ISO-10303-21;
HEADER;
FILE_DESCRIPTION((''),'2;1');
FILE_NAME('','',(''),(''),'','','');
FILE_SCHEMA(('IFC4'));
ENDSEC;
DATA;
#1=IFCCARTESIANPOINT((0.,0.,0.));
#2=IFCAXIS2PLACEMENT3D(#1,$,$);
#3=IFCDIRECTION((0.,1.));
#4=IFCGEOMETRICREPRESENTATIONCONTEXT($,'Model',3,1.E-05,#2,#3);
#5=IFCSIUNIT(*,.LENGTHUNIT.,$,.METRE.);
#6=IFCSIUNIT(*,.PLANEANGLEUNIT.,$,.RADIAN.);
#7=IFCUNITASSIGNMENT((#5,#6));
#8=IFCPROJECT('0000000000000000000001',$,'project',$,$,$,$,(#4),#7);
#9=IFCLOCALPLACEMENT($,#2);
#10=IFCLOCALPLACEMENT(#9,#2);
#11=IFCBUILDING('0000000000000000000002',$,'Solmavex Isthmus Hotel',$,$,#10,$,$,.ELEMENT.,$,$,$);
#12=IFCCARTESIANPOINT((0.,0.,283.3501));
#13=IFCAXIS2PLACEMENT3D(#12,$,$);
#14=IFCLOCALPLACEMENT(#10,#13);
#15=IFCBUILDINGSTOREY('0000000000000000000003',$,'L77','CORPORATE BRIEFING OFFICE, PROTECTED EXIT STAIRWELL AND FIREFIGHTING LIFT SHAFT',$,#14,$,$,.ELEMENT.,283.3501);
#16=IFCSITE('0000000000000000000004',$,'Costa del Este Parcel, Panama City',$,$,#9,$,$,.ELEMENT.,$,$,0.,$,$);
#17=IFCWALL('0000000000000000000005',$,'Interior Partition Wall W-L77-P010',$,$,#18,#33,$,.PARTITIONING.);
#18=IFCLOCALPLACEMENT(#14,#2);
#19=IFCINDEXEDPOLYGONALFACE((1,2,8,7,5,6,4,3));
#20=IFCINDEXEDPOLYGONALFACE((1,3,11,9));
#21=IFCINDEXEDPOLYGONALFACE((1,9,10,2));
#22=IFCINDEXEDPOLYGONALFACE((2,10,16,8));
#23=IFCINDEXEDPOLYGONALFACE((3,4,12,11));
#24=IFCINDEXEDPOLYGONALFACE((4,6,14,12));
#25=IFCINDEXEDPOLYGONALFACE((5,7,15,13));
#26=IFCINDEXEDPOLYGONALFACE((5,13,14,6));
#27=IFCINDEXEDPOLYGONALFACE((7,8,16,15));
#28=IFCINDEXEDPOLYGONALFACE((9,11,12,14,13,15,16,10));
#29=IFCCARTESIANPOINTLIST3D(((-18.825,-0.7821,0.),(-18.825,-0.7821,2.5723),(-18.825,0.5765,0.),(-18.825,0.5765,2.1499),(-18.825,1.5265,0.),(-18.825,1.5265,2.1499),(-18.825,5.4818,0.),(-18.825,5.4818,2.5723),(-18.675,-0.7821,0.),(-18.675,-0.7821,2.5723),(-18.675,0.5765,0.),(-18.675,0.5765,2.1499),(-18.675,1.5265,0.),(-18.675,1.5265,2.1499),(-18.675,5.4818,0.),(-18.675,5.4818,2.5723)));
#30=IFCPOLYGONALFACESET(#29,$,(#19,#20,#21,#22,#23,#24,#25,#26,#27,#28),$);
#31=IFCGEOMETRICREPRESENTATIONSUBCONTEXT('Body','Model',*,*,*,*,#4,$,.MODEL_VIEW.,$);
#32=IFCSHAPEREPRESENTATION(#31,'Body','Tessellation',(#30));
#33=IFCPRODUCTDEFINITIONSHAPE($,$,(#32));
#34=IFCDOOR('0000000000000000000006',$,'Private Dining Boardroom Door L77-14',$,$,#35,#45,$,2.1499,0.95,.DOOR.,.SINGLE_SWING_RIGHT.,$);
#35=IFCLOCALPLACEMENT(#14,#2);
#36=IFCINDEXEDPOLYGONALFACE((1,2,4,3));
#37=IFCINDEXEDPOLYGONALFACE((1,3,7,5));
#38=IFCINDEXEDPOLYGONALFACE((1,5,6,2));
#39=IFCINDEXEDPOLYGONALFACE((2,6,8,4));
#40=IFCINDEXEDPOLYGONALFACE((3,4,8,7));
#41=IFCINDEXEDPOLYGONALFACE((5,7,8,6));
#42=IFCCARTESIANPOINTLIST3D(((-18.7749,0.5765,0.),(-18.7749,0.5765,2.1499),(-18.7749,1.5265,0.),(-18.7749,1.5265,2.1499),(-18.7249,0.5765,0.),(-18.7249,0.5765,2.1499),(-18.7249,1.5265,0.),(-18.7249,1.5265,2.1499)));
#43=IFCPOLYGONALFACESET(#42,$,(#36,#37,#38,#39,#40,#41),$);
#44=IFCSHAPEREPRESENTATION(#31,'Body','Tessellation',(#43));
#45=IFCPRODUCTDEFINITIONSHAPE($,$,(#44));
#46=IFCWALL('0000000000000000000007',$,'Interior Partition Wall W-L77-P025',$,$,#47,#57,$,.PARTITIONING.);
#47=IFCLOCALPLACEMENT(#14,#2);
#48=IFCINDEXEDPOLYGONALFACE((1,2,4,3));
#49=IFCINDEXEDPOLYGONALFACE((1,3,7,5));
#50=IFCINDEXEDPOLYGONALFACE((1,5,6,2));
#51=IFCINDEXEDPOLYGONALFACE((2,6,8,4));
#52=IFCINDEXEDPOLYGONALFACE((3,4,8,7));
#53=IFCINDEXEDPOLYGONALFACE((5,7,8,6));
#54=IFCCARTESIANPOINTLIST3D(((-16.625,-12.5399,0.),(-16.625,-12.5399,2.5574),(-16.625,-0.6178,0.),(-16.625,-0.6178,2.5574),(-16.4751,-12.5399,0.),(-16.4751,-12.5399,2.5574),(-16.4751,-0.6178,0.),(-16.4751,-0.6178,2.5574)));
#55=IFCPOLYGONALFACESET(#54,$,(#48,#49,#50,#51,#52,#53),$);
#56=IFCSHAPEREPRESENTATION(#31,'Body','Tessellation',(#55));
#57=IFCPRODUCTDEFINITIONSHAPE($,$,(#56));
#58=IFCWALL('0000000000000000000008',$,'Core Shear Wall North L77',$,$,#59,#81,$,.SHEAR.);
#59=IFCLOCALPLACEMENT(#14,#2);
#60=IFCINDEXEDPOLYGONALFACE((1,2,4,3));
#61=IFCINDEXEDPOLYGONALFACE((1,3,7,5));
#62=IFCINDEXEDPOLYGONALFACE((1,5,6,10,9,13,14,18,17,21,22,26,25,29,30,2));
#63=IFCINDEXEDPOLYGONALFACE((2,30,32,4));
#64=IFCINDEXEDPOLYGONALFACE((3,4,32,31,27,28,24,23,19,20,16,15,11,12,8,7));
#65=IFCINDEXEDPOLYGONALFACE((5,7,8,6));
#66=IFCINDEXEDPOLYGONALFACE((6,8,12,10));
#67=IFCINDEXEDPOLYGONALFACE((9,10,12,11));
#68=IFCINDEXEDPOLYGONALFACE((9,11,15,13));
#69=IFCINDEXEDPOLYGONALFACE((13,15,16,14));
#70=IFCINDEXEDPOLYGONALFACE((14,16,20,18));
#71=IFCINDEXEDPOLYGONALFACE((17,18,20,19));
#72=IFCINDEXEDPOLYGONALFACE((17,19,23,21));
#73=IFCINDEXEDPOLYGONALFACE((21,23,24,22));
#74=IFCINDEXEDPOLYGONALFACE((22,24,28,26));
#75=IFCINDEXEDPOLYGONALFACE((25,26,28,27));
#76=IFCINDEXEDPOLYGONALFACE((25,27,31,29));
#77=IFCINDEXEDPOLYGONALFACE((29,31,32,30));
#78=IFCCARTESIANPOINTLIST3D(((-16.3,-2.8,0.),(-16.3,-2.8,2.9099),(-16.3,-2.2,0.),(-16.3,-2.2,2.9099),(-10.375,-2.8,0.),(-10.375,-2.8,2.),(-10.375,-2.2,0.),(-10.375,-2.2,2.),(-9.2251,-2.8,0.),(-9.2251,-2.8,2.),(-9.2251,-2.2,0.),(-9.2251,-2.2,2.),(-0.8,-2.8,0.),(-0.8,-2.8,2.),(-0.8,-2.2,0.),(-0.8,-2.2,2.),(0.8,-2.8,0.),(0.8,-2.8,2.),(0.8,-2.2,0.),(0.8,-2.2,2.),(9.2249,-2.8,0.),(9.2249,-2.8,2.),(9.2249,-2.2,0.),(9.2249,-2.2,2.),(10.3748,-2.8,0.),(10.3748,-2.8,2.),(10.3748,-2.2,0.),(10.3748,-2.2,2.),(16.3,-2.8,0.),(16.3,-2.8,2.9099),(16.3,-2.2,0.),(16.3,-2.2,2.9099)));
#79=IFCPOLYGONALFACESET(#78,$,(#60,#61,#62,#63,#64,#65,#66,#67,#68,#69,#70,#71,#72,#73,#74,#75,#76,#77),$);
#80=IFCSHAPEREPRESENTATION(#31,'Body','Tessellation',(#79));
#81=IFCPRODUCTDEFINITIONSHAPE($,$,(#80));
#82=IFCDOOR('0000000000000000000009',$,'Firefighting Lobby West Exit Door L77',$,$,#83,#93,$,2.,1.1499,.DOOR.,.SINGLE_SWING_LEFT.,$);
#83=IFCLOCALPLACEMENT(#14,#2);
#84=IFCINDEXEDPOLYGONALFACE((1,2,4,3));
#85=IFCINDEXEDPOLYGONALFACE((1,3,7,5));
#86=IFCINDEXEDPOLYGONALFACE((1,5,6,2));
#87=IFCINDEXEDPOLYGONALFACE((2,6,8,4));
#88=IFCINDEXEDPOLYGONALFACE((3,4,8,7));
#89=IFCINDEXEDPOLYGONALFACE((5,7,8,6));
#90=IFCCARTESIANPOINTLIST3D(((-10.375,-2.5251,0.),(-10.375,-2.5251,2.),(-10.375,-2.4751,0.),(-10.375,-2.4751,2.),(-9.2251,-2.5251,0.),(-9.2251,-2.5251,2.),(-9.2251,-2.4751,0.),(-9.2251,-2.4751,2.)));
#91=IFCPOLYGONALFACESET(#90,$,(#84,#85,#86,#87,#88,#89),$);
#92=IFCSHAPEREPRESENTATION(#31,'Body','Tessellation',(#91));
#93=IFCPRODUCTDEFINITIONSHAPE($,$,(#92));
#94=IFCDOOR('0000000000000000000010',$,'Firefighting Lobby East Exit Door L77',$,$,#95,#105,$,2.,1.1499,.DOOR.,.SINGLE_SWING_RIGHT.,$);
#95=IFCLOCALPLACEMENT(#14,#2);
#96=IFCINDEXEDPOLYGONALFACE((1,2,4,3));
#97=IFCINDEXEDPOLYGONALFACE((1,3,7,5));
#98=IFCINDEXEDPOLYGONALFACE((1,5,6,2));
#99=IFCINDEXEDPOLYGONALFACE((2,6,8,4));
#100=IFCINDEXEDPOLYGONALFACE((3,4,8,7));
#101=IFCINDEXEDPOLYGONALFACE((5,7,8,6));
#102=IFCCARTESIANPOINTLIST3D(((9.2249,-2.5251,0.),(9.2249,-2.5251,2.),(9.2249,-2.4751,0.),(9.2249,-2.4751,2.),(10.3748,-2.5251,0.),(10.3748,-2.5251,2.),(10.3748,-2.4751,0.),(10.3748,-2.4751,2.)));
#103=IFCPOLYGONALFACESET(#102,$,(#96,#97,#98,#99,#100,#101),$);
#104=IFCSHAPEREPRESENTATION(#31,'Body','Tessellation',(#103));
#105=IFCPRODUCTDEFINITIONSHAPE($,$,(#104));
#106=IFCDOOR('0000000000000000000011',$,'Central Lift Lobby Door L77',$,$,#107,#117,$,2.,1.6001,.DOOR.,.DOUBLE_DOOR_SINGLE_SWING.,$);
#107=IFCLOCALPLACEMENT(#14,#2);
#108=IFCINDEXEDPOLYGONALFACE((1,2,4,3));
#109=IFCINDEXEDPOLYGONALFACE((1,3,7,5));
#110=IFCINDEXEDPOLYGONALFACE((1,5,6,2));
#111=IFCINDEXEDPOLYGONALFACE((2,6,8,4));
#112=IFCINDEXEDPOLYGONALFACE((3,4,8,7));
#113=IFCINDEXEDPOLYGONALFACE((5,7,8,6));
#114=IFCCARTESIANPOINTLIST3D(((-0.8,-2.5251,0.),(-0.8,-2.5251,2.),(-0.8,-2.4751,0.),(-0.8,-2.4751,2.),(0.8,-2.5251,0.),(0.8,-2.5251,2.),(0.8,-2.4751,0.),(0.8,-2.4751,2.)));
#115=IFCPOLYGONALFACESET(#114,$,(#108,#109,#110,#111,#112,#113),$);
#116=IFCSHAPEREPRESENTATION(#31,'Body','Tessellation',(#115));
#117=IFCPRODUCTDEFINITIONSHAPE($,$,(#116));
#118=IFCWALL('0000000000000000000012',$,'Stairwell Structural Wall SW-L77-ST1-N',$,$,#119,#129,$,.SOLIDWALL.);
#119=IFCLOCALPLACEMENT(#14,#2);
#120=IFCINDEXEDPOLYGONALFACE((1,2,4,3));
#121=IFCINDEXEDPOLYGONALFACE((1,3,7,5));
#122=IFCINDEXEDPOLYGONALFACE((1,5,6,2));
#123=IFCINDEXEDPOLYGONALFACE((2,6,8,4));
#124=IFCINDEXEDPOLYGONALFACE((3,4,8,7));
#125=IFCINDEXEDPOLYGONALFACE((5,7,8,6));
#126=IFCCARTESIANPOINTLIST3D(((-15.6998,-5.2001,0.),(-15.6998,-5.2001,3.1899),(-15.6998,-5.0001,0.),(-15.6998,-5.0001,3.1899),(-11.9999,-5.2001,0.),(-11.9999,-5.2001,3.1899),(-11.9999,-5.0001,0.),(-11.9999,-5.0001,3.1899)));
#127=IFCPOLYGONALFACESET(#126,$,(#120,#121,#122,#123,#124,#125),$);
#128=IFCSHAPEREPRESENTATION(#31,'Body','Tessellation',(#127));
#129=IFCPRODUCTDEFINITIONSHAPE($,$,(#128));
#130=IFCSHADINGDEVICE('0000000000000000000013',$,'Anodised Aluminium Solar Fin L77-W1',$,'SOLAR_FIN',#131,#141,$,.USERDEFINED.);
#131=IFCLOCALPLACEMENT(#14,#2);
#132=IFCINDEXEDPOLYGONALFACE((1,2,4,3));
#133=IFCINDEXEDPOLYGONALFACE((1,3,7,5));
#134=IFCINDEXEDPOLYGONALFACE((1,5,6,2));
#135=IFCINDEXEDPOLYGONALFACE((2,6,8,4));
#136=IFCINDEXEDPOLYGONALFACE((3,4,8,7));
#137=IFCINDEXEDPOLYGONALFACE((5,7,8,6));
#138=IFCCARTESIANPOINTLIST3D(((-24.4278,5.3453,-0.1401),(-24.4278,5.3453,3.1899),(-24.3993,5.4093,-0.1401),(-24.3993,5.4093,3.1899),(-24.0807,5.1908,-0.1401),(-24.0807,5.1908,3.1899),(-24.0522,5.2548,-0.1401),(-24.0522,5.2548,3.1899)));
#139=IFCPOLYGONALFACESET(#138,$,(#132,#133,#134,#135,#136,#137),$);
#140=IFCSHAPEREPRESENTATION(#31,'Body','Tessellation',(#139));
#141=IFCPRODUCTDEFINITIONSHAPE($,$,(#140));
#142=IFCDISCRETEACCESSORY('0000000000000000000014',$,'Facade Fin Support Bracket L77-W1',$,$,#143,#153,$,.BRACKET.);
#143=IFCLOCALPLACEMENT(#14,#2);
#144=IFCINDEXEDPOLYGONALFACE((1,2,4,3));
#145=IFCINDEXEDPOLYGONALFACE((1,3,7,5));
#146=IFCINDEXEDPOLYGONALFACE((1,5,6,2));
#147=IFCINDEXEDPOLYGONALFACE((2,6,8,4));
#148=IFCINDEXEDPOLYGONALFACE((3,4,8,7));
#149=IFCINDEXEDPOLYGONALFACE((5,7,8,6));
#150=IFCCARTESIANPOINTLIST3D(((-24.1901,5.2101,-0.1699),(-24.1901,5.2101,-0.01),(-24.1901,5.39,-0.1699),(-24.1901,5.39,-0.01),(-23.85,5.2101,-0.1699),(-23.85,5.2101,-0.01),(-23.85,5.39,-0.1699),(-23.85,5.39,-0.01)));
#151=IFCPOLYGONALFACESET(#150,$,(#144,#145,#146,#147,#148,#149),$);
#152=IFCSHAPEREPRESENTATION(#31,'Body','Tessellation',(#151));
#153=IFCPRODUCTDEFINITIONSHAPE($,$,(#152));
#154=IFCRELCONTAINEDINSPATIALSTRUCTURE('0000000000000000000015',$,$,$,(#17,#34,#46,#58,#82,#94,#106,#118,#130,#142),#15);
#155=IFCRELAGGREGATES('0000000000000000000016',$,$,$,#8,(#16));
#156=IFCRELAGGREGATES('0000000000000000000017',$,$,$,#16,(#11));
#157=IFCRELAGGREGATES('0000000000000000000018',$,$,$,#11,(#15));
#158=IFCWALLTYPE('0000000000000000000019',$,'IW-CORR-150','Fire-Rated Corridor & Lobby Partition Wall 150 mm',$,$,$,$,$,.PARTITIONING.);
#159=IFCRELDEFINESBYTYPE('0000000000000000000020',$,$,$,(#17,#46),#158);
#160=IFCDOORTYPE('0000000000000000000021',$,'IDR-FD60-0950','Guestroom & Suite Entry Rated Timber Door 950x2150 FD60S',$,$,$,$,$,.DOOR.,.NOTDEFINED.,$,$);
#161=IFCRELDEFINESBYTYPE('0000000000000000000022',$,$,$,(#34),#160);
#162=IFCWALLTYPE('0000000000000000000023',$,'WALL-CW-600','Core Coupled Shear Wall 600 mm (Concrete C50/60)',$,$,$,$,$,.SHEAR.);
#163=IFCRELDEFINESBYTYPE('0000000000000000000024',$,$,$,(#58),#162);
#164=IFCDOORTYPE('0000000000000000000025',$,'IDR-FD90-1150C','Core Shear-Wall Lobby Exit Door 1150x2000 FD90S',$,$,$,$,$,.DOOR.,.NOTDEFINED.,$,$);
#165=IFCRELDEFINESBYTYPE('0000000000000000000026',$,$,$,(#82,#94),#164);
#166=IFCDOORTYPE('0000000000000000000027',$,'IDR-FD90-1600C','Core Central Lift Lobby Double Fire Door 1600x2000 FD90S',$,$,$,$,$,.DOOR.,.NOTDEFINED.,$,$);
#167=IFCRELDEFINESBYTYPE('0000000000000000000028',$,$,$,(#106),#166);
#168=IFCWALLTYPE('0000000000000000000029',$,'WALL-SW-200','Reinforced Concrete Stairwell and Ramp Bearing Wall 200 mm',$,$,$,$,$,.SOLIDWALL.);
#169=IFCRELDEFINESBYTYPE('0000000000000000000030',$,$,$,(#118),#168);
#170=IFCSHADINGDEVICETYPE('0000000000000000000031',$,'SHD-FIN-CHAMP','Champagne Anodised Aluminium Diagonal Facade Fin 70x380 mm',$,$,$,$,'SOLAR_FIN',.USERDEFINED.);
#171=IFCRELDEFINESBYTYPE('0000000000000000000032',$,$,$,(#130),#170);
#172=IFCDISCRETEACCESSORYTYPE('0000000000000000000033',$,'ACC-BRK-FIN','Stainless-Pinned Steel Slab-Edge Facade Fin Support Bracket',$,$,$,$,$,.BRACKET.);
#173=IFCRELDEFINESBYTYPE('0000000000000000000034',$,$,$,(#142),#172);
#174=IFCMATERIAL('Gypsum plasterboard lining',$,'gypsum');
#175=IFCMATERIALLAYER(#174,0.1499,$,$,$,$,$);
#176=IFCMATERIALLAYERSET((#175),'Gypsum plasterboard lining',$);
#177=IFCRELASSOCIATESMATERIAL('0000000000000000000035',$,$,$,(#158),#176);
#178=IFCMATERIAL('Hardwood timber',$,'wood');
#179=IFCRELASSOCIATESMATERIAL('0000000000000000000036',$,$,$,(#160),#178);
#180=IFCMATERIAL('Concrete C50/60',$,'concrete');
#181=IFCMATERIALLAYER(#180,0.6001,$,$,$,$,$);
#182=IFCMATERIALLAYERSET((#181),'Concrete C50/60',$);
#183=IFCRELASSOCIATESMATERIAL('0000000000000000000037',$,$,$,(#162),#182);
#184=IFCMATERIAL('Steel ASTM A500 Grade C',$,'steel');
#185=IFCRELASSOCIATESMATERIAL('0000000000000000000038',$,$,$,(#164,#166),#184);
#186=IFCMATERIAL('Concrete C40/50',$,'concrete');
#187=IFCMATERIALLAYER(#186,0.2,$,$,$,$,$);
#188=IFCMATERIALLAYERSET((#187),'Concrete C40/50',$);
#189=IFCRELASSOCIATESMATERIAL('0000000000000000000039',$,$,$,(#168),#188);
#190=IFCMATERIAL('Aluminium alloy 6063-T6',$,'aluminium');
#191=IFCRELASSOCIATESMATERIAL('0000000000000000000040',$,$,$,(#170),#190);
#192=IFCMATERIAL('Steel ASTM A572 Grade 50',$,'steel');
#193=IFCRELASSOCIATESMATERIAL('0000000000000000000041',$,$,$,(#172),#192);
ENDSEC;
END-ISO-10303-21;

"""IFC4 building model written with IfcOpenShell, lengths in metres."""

from ifc_helpers import new_model, si_unit, direction, frame, frame_2d, origin, origin_2d, place, context, subcontext, project, spatial, rectangle, extrude, material, layer, layer_set, type_object, element, fill, save


model = new_model("IFC4")

# Units and contexts
model_context = context("Model", 3, precision=1e-05, world=origin(), true_north=direction((0.0, 1.0)))
body_context = subcontext(model_context, "Body", "Model", "MODEL_VIEW")
ifc_project = project(units=[si_unit("LENGTHUNIT", "METRE"), si_unit("PLANEANGLEUNIT", "RADIAN")], contexts=[model_context])

# Site, building, storey
site_placement = place(None, origin())
site = spatial("IfcSite", under=ifc_project, at=site_placement, Name="Costa del Este Parcel, Panama City", CompositionType="ELEMENT", RefElevation=0.0)
building_placement = place(site_placement, origin())
building = spatial("IfcBuilding", under=site, at=building_placement, Name="Solmavex Isthmus Hotel", CompositionType="ELEMENT")
storey_placement = place(building_placement, frame((0.0, 0.0, 283.3501)))
storey = spatial("IfcBuildingStorey", under=building, at=storey_placement, Name="L77", Description="CORPORATE BRIEFING OFFICE, PROTECTED EXIT STAIRWELL AND FIREFIGHTING LIFT SHAFT", CompositionType="ELEMENT", Elevation=283.3501)

# Shared definitions
ifc_material_1 = material(Name="Concrete C50/60", Category="concrete")

# Shared definitions
ifc_material_2 = material(Name="Aluminium alloy 6063-T6", Category="aluminium")

# Shared definitions
ifc_material_3 = material(Name="Gypsum plasterboard lining", Category="gypsum")

# Wall, opening, door
ifc_layer_1 = layer(ifc_material_3, 0.1499)
ifc_layer_set_1 = layer_set([ifc_layer_1], Name="Gypsum plasterboard lining")
wall_type_1 = type_object("IfcWallType", Name="IW-CORR-150", Description="Fire-Rated Corridor & Lobby Partition Wall 150 mm", PredefinedType="PARTITIONING", material=ifc_layer_set_1)
ifc_material_4 = material(Name="Steel ASTM A500 Grade C", Category="steel")
wall_1_placement = place(storey_placement, frame((-18.75, -0.782, 0.0), z_axis=(0.0, 0.0, 1.0), x_axis=(0.0, 1.0, 0.0)))
wall_1 = element("IfcWall", 1, at=wall_1_placement, inside=storey, type_object=wall_type_1, Name="Interior Partition Wall W-L77-P010", PredefinedType="PARTITIONING", context=body_context, shape_type="SweptSolid", body=[
    extrude(rectangle(XDim=6.2639, YDim=0.1499, at=frame_2d((3.1318, 0.0))), origin(), (0.0, 0.0, 1.0), 2.5723),
])
opening_1_placement = place(wall_1_placement, frame((1.3584, 0.0, 0.0)))
opening_1 = element("IfcOpeningElement", 2, at=opening_1_placement, cuts=wall_1, PredefinedType="OPENING", context=body_context, shape_type="SweptSolid", body=[
    extrude(rectangle(XDim=0.95, YDim=2.1499, at=frame_2d((0.4751, 1.075))), frame((0.0, 0.085, 0.0), z_axis=(0.0, -1.0, 0.0), x_axis=(1.0, 0.0, 0.0)), (0.0, 0.0, 1.0), 0.1699),
])
ifc_material_5 = material(Name="Hardwood timber", Category="wood")
door_type_1 = type_object("IfcDoorType", Name="IDR-FD60-0950", Description="Guestroom & Suite Entry Rated Timber Door 950x2150 FD60S", OperationType="NOTDEFINED", PredefinedType="DOOR", material=ifc_material_5)
door_1_placement = place(opening_1_placement, origin())
door_1 = element("IfcDoor", 3, at=door_1_placement, inside=storey, type_object=door_type_1, Name="Private Dining Boardroom Door L77-14", OperationType="SINGLE_SWING_RIGHT", OverallHeight=2.1499, OverallWidth=0.95, PredefinedType="DOOR", context=body_context, shape_type="SweptSolid", body=[
    extrude(rectangle(XDim=0.95, YDim=2.1499, at=frame_2d((0.4751, 1.075))), frame((0.0, 0.0249, 0.0), z_axis=(0.0, -1.0, 0.0), x_axis=(1.0, 0.0, 0.0)), (0.0, 0.0, 1.0), 0.05),
])
fill(opening_1, door_1)

# Wall
wall_2_placement = place(storey_placement, frame((-16.55, -0.6179, 0.0), z_axis=(0.0, 0.0, 1.0), x_axis=(0.0, -1.0, 0.0)))
element("IfcWall", 4, at=wall_2_placement, inside=storey, type_object=wall_type_1, Name="Interior Partition Wall W-L77-P025", PredefinedType="PARTITIONING", context=body_context, shape_type="SweptSolid", body=[
    extrude(rectangle(XDim=11.9221, YDim=0.1499, at=frame_2d((5.9609, 0.0))), origin(), (0.0, 0.0, 1.0), 2.5574),
])

# Wall, openings, doors
ifc_layer_2 = layer(ifc_material_1, 0.6001)
ifc_layer_set_2 = layer_set([ifc_layer_2], Name="Concrete C50/60")
wall_type_2 = type_object("IfcWallType", Name="WALL-CW-600", Description="Core Coupled Shear Wall 600 mm (Concrete C50/60)", PredefinedType="SHEAR", material=ifc_layer_set_2)
wall_3_placement = place(storey_placement, frame((-16.3, -2.5, 0.0), z_axis=(0.0, 0.0, 1.0), x_axis=(1.0, 0.0, 0.0)))
wall_3 = element("IfcWall", 5, at=wall_3_placement, inside=storey, type_object=wall_type_2, Name="Core Shear Wall North L77", PredefinedType="SHEAR", context=body_context, shape_type="SweptSolid", body=[
    extrude(rectangle(XDim=32.6001, YDim=0.6001, at=frame_2d((16.3, 0.0))), origin(), (0.0, 0.0, 1.0), 2.9099),
])
opening_2_placement = place(wall_3_placement, frame((5.925, 0.0, 0.0)))
opening_2 = element("IfcOpeningElement", 6, at=opening_2_placement, cuts=wall_3, PredefinedType="OPENING", context=body_context, shape_type="SweptSolid", body=[
    extrude(rectangle(XDim=1.1499, YDim=2.0, at=frame_2d((0.575, 1.0))), frame((0.0, 0.3101, 0.0), z_axis=(0.0, -1.0, 0.0), x_axis=(1.0, 0.0, 0.0)), (0.0, 0.0, 1.0), 0.6201),
])
opening_3_placement = place(wall_3_placement, frame((15.5, 0.0, 0.0)))
opening_3 = element("IfcOpeningElement", 7, at=opening_3_placement, cuts=wall_3, PredefinedType="OPENING", context=body_context, shape_type="SweptSolid", body=[
    extrude(rectangle(XDim=1.6001, YDim=2.0, at=frame_2d((0.8, 1.0))), frame((0.0, 0.3101, 0.0), z_axis=(0.0, -1.0, 0.0), x_axis=(1.0, 0.0, 0.0)), (0.0, 0.0, 1.0), 0.6201),
])
opening_4_placement = place(wall_3_placement, frame((25.5249, 0.0, 0.0)))
opening_4 = element("IfcOpeningElement", 8, at=opening_4_placement, cuts=wall_3, PredefinedType="OPENING", context=body_context, shape_type="SweptSolid", body=[
    extrude(rectangle(XDim=1.1499, YDim=2.0, at=frame_2d((0.575, 1.0))), frame((0.0, 0.3101, 0.0), z_axis=(0.0, -1.0, 0.0), x_axis=(1.0, 0.0, 0.0)), (0.0, 0.0, 1.0), 0.6201),
])
door_type_2 = type_object("IfcDoorType", Name="IDR-FD90-1150C", Description="Core Shear-Wall Lobby Exit Door 1150x2000 FD90S", OperationType="NOTDEFINED", PredefinedType="DOOR", material=ifc_material_4)
door_2_placement = place(opening_2_placement, origin())
door_2 = element("IfcDoor", 9, at=door_2_placement, inside=storey, type_object=door_type_2, Name="Firefighting Lobby West Exit Door L77", OperationType="SINGLE_SWING_LEFT", OverallHeight=2.0, OverallWidth=1.1499, PredefinedType="DOOR", context=body_context, shape_type="SweptSolid", body=[
    extrude(rectangle(XDim=1.1499, YDim=2.0, at=frame_2d((0.575, 1.0))), frame((0.0, 0.0249, 0.0), z_axis=(0.0, -1.0, 0.0), x_axis=(1.0, 0.0, 0.0)), (0.0, 0.0, 1.0), 0.05),
])
fill(opening_2, door_2)
door_3_placement = place(opening_4_placement, origin())
door_3 = element("IfcDoor", 10, at=door_3_placement, inside=storey, type_object=door_type_2, Name="Firefighting Lobby East Exit Door L77", OperationType="SINGLE_SWING_RIGHT", OverallHeight=2.0, OverallWidth=1.1499, PredefinedType="DOOR", context=body_context, shape_type="SweptSolid", body=[
    extrude(rectangle(XDim=1.1499, YDim=2.0, at=frame_2d((0.575, 1.0))), frame((0.0, 0.0249, 0.0), z_axis=(0.0, -1.0, 0.0), x_axis=(1.0, 0.0, 0.0)), (0.0, 0.0, 1.0), 0.05),
])
fill(opening_4, door_3)
door_type_3 = type_object("IfcDoorType", Name="IDR-FD90-1600C", Description="Core Central Lift Lobby Double Fire Door 1600x2000 FD90S", OperationType="NOTDEFINED", PredefinedType="DOOR", material=ifc_material_4)
door_4_placement = place(opening_3_placement, origin())
door_4 = element("IfcDoor", 11, at=door_4_placement, inside=storey, type_object=door_type_3, Name="Central Lift Lobby Door L77", OperationType="DOUBLE_DOOR_SINGLE_SWING", OverallHeight=2.0, OverallWidth=1.6001, PredefinedType="DOOR", context=body_context, shape_type="SweptSolid", body=[
    extrude(rectangle(XDim=1.6001, YDim=2.0, at=frame_2d((0.8, 1.0))), frame((0.0, 0.0249, 0.0), z_axis=(0.0, -1.0, 0.0), x_axis=(1.0, 0.0, 0.0)), (0.0, 0.0, 1.0), 0.05),
])
fill(opening_3, door_4)

# Wall
ifc_material_6 = material(Name="Concrete C40/50", Category="concrete")
ifc_layer_3 = layer(ifc_material_6, 0.2)
ifc_layer_set_3 = layer_set([ifc_layer_3], Name="Concrete C40/50")
wall_type_3 = type_object("IfcWallType", Name="WALL-SW-200", Description="Reinforced Concrete Stairwell and Ramp Bearing Wall 200 mm", PredefinedType="SOLIDWALL", material=ifc_layer_set_3)
wall_4_placement = place(storey_placement, frame((-15.7, -5.1001, 0.0), z_axis=(0.0, 0.0, 1.0), x_axis=(1.0, 0.0, 0.0)))
element("IfcWall", 12, at=wall_4_placement, inside=storey, type_object=wall_type_3, Name="Stairwell Structural Wall SW-L77-ST1-N", PredefinedType="SOLIDWALL", context=body_context, shape_type="SweptSolid", body=[
    extrude(rectangle(XDim=3.7, YDim=0.2, at=frame_2d((1.8501, 0.0))), origin(), (0.0, 0.0, 1.0), 3.1899),
])

# Shading device
shading_device_type = type_object("IfcShadingDeviceType", Name="SHD-FIN-CHAMP", Description="Champagne Anodised Aluminium Diagonal Facade Fin 70x380 mm", ElementType="SOLAR_FIN", PredefinedType="USERDEFINED", material=ifc_material_2)
shading_device_placement = place(storey_placement, frame((-24.24, 5.3, -0.1401), z_axis=(0.0, 0.0, 1.0), x_axis=(-0.913545, 0.406737, 0.0)))
element("IfcShadingDevice", 13, at=shading_device_placement, inside=storey, type_object=shading_device_type, Name="Anodised Aluminium Solar Fin L77-W1", ObjectType="SOLAR_FIN", PredefinedType="USERDEFINED", context=body_context, shape_type="SweptSolid", body=[
    extrude(rectangle(XDim=0.3799, YDim=0.0701, at=origin_2d()), origin(), (0.0, 0.0, 1.0), 3.3301),
])

# Discrete accessory
ifc_material_7 = material(Name="Steel ASTM A572 Grade 50", Category="steel")
discrete_accessory_type = type_object("IfcDiscreteAccessoryType", Name="ACC-BRK-FIN", Description="Stainless-Pinned Steel Slab-Edge Facade Fin Support Bracket", PredefinedType="BRACKET", material=ifc_material_7)
discrete_accessory_placement = place(storey_placement, frame((-24.02, 5.3, -0.1699), z_axis=(0.0, 0.0, 1.0), x_axis=(-1.0, 0.0, 0.0)))
element("IfcDiscreteAccessory", 14, at=discrete_accessory_placement, inside=storey, type_object=discrete_accessory_type, Name="Facade Fin Support Bracket L77-W1", PredefinedType="BRACKET", context=body_context, shape_type="SweptSolid", body=[
    extrude(rectangle(XDim=0.3401, YDim=0.1799, at=origin_2d()), origin(), (0.0, 0.0, 1.0), 0.1599),
])

save(model, "model.ifc")
